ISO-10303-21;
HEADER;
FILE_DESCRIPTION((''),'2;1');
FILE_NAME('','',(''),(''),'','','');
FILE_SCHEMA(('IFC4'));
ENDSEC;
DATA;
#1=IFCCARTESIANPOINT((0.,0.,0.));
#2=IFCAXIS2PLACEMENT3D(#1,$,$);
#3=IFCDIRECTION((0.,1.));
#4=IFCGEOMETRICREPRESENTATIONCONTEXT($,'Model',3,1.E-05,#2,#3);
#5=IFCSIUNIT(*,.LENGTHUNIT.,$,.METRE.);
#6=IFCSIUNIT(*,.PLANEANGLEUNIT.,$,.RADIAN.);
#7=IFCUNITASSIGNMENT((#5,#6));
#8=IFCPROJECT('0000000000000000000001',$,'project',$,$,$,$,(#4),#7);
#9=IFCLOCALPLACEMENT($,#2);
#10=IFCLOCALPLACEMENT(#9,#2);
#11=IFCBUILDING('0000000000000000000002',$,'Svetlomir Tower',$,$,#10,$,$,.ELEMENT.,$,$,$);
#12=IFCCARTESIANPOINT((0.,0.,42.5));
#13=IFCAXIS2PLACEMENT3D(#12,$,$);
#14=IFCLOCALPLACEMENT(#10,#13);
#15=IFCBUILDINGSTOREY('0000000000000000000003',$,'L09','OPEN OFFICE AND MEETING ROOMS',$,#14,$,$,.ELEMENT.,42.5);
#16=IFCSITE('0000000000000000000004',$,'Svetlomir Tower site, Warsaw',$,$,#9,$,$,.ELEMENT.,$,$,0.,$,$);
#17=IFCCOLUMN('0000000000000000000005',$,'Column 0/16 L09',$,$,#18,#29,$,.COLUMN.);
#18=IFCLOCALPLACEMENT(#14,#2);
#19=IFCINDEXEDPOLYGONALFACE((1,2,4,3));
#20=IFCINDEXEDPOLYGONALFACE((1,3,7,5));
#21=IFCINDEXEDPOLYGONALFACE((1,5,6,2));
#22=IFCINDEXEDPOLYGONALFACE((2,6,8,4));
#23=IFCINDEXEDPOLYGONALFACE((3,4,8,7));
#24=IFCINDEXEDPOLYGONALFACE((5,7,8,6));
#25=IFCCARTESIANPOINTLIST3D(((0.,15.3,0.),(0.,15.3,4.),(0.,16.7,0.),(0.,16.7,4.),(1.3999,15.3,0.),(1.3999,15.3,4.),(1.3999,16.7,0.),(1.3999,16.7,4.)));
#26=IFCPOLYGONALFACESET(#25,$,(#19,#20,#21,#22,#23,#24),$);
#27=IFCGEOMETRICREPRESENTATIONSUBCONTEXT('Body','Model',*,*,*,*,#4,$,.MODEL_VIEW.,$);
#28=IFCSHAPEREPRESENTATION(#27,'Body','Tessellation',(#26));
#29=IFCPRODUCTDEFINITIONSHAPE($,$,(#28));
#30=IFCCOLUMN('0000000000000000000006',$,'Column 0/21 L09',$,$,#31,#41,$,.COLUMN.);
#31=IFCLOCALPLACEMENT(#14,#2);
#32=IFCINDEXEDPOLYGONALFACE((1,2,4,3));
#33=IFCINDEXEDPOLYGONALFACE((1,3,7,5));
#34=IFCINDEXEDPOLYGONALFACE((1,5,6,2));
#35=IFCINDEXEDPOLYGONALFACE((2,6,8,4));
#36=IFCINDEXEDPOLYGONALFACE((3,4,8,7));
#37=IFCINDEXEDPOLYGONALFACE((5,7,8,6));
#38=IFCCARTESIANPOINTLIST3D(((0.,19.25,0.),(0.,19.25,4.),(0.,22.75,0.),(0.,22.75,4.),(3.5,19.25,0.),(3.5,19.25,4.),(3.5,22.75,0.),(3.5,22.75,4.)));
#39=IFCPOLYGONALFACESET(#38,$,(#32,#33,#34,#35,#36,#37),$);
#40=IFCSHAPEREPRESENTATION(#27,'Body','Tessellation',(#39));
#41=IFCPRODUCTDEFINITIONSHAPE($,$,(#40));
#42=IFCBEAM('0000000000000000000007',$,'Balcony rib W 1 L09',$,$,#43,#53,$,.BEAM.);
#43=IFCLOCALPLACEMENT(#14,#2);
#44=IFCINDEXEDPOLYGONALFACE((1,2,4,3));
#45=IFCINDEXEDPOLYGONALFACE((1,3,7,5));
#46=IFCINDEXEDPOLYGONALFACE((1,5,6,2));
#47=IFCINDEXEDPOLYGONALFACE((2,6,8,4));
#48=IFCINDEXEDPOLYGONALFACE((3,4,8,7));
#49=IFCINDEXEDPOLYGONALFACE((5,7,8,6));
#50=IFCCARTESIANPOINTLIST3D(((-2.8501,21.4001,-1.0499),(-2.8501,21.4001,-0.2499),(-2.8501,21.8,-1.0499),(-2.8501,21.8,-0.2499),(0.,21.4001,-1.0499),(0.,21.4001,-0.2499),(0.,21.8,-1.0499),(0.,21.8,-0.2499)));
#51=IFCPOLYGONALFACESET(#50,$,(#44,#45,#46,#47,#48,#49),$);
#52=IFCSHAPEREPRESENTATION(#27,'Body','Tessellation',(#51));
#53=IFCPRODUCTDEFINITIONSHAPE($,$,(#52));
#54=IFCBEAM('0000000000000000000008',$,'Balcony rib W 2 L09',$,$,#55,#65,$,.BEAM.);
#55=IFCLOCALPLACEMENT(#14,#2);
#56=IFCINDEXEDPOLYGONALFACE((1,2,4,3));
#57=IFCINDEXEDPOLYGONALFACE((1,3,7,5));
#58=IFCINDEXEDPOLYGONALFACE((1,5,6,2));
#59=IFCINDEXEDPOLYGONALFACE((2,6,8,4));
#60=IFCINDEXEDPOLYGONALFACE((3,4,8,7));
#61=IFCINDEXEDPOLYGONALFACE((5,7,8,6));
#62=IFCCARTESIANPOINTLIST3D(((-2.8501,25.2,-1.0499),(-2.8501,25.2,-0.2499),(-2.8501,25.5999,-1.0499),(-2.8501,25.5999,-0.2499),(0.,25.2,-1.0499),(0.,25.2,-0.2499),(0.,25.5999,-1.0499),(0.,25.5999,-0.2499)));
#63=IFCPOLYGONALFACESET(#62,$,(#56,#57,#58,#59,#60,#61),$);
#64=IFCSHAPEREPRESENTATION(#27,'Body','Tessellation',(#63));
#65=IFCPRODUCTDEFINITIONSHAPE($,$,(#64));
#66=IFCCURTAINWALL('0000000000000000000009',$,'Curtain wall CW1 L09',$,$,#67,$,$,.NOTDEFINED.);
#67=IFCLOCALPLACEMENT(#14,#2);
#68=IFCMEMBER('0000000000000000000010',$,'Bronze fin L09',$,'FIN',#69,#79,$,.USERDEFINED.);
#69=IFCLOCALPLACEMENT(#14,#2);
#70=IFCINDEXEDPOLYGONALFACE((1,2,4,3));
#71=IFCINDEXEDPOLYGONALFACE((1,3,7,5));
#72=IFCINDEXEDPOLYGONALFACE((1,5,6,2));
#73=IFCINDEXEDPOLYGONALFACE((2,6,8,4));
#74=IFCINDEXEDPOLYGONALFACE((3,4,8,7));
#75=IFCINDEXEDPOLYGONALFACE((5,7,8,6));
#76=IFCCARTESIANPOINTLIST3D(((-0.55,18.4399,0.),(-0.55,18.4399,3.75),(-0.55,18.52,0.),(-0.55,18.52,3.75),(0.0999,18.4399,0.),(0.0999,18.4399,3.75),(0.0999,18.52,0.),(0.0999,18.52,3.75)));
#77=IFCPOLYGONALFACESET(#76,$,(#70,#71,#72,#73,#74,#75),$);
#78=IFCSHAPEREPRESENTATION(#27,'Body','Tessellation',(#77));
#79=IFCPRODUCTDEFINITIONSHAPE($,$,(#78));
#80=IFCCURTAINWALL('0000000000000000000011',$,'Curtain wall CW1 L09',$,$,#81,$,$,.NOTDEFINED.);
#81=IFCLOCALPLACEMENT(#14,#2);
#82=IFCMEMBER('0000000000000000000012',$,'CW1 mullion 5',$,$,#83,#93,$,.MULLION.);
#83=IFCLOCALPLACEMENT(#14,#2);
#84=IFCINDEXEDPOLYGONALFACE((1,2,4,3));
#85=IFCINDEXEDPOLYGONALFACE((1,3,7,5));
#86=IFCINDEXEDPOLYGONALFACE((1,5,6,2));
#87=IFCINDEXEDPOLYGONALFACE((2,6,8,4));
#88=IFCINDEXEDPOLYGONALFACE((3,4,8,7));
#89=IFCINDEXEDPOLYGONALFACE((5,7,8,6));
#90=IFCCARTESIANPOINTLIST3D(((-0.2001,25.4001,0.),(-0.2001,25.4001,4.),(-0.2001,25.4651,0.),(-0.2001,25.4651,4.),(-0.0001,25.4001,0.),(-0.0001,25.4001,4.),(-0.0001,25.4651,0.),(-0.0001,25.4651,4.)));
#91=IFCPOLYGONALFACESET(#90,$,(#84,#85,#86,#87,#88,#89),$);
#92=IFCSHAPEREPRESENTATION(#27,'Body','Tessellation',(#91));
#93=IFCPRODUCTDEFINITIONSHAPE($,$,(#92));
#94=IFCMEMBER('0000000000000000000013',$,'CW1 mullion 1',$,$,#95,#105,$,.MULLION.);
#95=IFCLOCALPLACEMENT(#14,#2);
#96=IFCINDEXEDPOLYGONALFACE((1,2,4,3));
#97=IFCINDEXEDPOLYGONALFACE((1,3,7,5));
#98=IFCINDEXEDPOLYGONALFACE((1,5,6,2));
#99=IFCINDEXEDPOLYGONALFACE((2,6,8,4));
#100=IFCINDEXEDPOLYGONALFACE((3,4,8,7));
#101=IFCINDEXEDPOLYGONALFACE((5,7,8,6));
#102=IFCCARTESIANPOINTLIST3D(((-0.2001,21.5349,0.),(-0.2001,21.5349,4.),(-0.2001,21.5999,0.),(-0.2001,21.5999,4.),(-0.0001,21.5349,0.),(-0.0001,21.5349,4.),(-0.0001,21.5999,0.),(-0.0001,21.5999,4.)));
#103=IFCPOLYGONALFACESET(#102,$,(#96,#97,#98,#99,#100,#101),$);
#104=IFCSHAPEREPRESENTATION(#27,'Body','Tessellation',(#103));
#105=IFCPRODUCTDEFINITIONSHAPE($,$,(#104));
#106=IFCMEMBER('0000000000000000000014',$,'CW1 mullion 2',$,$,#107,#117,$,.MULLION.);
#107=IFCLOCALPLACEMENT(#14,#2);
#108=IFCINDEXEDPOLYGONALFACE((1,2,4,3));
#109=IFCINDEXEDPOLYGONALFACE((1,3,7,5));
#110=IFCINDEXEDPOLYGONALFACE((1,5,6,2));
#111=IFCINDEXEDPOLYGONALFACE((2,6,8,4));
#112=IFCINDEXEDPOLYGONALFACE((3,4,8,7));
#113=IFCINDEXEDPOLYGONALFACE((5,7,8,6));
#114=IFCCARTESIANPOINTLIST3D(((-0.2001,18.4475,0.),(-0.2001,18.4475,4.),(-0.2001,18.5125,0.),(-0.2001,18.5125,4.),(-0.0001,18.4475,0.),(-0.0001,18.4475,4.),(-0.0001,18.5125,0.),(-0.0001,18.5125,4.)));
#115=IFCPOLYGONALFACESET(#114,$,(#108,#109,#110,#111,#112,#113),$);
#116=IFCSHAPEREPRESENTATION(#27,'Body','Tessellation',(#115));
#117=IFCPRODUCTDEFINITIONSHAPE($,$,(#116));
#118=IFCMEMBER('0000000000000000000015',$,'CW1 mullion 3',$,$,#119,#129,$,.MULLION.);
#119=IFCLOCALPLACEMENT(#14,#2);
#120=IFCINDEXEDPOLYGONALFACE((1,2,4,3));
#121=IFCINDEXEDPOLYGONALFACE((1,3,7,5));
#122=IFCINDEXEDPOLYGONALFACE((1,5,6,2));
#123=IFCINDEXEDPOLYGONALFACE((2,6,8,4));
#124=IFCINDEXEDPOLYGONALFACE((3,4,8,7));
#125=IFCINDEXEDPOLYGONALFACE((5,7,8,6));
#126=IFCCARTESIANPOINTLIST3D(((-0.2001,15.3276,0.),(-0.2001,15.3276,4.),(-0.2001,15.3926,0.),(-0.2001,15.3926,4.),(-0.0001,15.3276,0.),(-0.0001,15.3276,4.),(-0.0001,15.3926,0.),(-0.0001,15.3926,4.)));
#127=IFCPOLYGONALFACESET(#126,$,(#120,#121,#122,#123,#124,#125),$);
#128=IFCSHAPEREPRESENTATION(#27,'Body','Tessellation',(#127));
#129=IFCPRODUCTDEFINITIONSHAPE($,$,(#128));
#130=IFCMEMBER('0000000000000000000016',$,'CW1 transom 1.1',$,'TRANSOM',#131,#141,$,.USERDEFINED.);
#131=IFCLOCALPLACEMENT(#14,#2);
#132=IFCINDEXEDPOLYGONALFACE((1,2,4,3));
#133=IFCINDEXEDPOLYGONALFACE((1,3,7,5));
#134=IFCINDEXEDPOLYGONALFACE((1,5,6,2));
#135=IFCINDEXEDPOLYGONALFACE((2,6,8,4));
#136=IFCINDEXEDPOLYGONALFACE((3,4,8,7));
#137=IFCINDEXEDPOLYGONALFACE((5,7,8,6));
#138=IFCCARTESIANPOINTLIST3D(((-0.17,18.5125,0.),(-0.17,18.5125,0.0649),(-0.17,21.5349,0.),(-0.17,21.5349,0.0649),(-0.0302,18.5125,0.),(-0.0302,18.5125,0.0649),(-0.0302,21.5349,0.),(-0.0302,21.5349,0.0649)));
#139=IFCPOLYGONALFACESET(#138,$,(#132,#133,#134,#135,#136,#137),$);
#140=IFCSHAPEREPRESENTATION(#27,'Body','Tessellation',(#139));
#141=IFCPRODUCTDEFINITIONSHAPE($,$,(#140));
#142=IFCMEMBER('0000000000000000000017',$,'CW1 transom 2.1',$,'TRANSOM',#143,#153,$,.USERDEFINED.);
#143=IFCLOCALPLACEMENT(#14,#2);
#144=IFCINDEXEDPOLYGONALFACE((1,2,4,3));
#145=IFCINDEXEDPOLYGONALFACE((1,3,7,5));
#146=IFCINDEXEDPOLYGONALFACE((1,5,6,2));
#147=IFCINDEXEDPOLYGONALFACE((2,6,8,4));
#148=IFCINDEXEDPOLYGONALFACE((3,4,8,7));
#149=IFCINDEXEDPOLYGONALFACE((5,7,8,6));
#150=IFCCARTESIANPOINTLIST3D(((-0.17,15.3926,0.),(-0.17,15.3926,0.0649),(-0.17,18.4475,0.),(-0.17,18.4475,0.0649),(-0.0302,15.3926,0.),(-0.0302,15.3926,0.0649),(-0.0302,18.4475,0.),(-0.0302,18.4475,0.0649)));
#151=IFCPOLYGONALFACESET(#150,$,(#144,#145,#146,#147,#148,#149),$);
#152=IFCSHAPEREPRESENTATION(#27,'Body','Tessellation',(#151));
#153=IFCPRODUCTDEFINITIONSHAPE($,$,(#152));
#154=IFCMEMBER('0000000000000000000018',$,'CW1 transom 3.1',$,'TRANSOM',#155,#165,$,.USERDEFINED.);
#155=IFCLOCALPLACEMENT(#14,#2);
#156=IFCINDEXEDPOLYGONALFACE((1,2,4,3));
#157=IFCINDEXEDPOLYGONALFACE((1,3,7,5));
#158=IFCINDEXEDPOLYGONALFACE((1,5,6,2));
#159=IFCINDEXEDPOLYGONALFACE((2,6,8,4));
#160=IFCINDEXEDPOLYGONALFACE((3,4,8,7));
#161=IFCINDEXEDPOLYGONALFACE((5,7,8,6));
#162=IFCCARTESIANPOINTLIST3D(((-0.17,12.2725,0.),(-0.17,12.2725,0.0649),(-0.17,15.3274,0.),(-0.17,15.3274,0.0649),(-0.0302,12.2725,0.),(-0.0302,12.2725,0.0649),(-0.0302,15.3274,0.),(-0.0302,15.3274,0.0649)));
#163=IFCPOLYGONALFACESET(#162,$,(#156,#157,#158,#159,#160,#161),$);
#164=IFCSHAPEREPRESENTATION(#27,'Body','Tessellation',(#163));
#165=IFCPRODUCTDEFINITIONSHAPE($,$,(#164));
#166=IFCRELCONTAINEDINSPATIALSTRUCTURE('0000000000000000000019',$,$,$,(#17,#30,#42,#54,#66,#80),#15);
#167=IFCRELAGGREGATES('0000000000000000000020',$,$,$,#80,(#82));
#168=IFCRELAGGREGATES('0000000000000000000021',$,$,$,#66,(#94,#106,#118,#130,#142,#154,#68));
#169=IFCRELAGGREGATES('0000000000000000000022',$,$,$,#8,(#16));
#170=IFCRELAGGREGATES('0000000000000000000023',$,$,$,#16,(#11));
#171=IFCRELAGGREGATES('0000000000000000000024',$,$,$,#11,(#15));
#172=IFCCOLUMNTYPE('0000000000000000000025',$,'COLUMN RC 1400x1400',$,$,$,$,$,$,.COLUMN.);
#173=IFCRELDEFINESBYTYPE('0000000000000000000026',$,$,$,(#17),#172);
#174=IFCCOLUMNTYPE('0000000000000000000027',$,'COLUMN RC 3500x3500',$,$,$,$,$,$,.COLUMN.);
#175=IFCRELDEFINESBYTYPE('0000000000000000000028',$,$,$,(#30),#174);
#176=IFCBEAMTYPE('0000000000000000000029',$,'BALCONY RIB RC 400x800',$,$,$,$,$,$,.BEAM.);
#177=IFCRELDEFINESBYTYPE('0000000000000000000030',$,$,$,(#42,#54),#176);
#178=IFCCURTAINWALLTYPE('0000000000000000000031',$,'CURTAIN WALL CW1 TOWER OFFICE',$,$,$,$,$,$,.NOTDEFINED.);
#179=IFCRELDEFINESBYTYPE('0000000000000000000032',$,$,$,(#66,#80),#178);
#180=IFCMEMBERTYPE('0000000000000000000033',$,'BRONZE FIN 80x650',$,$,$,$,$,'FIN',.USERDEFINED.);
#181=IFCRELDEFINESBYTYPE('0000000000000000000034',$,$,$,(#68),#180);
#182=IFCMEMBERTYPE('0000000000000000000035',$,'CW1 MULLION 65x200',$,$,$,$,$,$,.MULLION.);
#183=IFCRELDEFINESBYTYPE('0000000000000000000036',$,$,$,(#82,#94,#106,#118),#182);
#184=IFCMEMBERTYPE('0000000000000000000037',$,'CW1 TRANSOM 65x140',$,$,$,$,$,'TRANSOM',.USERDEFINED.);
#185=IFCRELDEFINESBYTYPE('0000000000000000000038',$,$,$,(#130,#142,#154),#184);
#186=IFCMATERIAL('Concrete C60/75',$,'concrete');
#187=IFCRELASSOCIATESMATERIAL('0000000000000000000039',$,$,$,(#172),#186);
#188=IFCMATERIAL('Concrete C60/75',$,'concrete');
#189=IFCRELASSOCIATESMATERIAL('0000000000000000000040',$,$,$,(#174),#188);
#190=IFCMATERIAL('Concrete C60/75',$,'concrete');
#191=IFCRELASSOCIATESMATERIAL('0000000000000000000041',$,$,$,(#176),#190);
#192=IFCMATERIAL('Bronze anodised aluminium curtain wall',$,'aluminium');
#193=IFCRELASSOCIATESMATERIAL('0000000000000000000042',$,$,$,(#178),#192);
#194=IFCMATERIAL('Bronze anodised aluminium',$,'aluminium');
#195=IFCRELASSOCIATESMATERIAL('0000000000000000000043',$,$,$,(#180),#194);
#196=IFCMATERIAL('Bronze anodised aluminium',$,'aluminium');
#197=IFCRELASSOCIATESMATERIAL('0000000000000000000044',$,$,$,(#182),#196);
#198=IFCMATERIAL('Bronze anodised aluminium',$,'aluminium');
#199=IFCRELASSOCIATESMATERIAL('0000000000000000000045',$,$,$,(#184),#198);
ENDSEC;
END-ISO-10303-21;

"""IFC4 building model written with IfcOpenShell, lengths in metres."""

from ifc_helpers import new_model, si_unit, direction, frame, origin, origin_2d, place, context, subcontext, project, spatial, rectangle, extrude, material, material_profile, profile_set, type_object, element, aggregate, save


model = new_model("IFC4")

# Units and contexts
model_context = context("Model", 3, precision=1e-05, world=origin(), true_north=direction((0.0, 1.0)))
body_context = subcontext(model_context, "Body", "Model", "MODEL_VIEW")
ifc_project = project(units=[si_unit("LENGTHUNIT", "METRE"), si_unit("PLANEANGLEUNIT", "RADIAN")], contexts=[model_context])

# Site, building, storey
site_placement = place(None, origin())
site = spatial("IfcSite", under=ifc_project, at=site_placement, Name="Svetlomir Tower site, Warsaw", CompositionType="ELEMENT", RefElevation=0.0)
building_placement = place(site_placement, origin())
building = spatial("IfcBuilding", under=site, at=building_placement, Name="Svetlomir Tower", CompositionType="ELEMENT")
storey_placement = place(building_placement, frame((0.0, 0.0, 42.5)))
storey = spatial("IfcBuildingStorey", under=building, at=storey_placement, Name="L09", Description="OPEN OFFICE AND MEETING ROOMS", CompositionType="ELEMENT", Elevation=42.5)

# Columns
ifc_material_1 = material(Name="Concrete C60/75", Category="concrete")
ifc_material_profile_1 = material_profile(ifc_material_1, rectangle(XDim=1.3999, YDim=1.3999, at=origin_2d()), Name="RC 1400x1400")
ifc_profile_set_1 = profile_set([ifc_material_profile_1], Name="Concrete C60/75")
column_type_1 = type_object("IfcColumnType", Name="COLUMN RC 1400x1400", PredefinedType="COLUMN", material=ifc_profile_set_1)
column_1_placement = place(storey_placement, frame((0.7, 16.0, 0.0), z_axis=(0.0, 0.0, 1.0), x_axis=(1.0, 0.0, 0.0)))
element("IfcColumn", 1, at=column_1_placement, inside=storey, type_object=column_type_1, Name="Column 0/16 L09", PredefinedType="COLUMN", context=body_context, shape_type="SweptSolid", body=[
    extrude(rectangle(XDim=1.3999, YDim=1.3999, at=origin_2d()), origin(), (0.0, 0.0, 1.0), 4.0),
])
ifc_material_2 = material(Name="Concrete C60/75", Category="concrete")
ifc_material_profile_2 = material_profile(ifc_material_2, rectangle(XDim=3.5, YDim=3.5, at=origin_2d()), Name="RC 3500x3500")
ifc_profile_set_2 = profile_set([ifc_material_profile_2], Name="Concrete C60/75")
column_type_2 = type_object("IfcColumnType", Name="COLUMN RC 3500x3500", PredefinedType="COLUMN", material=ifc_profile_set_2)
column_2_placement = place(storey_placement, frame((1.75, 21.0, 0.0), z_axis=(0.0, 0.0, 1.0), x_axis=(1.0, 0.0, 0.0)))
element("IfcColumn", 2, at=column_2_placement, inside=storey, type_object=column_type_2, Name="Column 0/21 L09", PredefinedType="COLUMN", context=body_context, shape_type="SweptSolid", body=[
    extrude(rectangle(XDim=3.5, YDim=3.5, at=origin_2d()), origin(), (0.0, 0.0, 1.0), 4.0),
])

# Beams
ifc_material_3 = material(Name="Concrete C60/75", Category="concrete")
ifc_material_profile_3 = material_profile(ifc_material_3, rectangle(XDim=0.3999, YDim=0.8, at=origin_2d()), Name="RC 400x800")
ifc_profile_set_3 = profile_set([ifc_material_profile_3], Name="Concrete C60/75")
beam_type_1 = type_object("IfcBeamType", Name="BALCONY RIB RC 400x800", PredefinedType="BEAM", material=ifc_profile_set_3)
for number, where, z_axis, x_axis, name in (
    (3, (0.0, 21.6001, -0.6499), (-1.0, 0.0, 0.0), (0.0, -1.0, 0.0), "Balcony rib W 1 L09"),
    (4, (0.0, 25.3999, -0.6499), (-1.0, 0.0, 0.0), (0.0, -1.0, 0.0), "Balcony rib W 2 L09"),
):
    element("IfcBeam", number, at=place(storey_placement, frame(where, z_axis=z_axis, x_axis=x_axis)), inside=storey, type_object=beam_type_1, Name=name, PredefinedType="BEAM", context=body_context, shape_type="SweptSolid", body=[
        extrude(rectangle(XDim=0.3999, YDim=0.8, at=origin_2d()), origin(), (0.0, 0.0, 1.0), 2.8501),
    ])

# Curtain walls, members
ifc_material_4 = material(Name="Bronze anodised aluminium curtain wall", Category="aluminium")
curtain_wall_type = type_object("IfcCurtainWallType", Name="CURTAIN WALL CW1 TOWER OFFICE", PredefinedType="NOTDEFINED", material=ifc_material_4)
curtain_wall_1_placement = place(storey_placement, origin())
curtain_wall_1 = element("IfcCurtainWall", 5, at=curtain_wall_1_placement, inside=storey, type_object=curtain_wall_type, Name="Curtain wall CW1 L09", PredefinedType="NOTDEFINED")
ifc_material_5 = material(Name="Bronze anodised aluminium", Category="aluminium")
ifc_material_profile_4 = material_profile(ifc_material_5, rectangle(XDim=0.0801, YDim=0.6499, at=origin_2d()), Name="FIN 80x650")
ifc_profile_set_4 = profile_set([ifc_material_profile_4], Name="Bronze anodised aluminium 6063-T6")
member_type_1 = type_object("IfcMemberType", Name="BRONZE FIN 80x650", ElementType="FIN", PredefinedType="USERDEFINED", material=ifc_profile_set_4)
member_1_placement = place(storey_placement, frame((-0.2251, 18.48, 0.0), z_axis=(0.0, 0.0, 1.0), x_axis=(0.0, 1.0, 0.0)))
member_1 = element("IfcMember", 6, at=member_1_placement, type_object=member_type_1, Name="Bronze fin L09", ObjectType="FIN", PredefinedType="USERDEFINED", context=body_context, shape_type="SweptSolid", body=[
    extrude(rectangle(XDim=0.0801, YDim=0.6499, at=origin_2d()), origin(), (0.0, 0.0, 1.0), 3.75),
])
curtain_wall_2_placement = place(storey_placement, origin())
curtain_wall_2 = element("IfcCurtainWall", 7, at=curtain_wall_2_placement, inside=storey, type_object=curtain_wall_type, Name="Curtain wall CW1 L09", PredefinedType="NOTDEFINED")
ifc_material_6 = material(Name="Bronze anodised aluminium", Category="aluminium")
ifc_material_profile_5 = material_profile(ifc_material_6, rectangle(XDim=0.0649, YDim=0.2, at=origin_2d()), Name="AL 65x200")
ifc_profile_set_5 = profile_set([ifc_material_profile_5], Name="Bronze anodised aluminium 6063-T6")
member_type_2 = type_object("IfcMemberType", Name="CW1 MULLION 65x200", PredefinedType="MULLION", material=ifc_profile_set_5)
member_2_placement = place(storey_placement, frame((-0.1001, 25.4326, 0.0), z_axis=(0.0, 0.0, 1.0), x_axis=(0.0, -1.0, 0.0)))
member_2 = element("IfcMember", 8, at=member_2_placement, type_object=member_type_2, Name="CW1 mullion 5", PredefinedType="MULLION", context=body_context, shape_type="SweptSolid", body=[
    extrude(rectangle(XDim=0.0649, YDim=0.2, at=origin_2d()), origin(), (0.0, 0.0, 1.0), 4.0),
])
aggregate(curtain_wall_2, [member_2])

# Members
member_3_placement = place(storey_placement, frame((-0.1001, 21.5674, 0.0), z_axis=(0.0, 0.0, 1.0), x_axis=(0.0, -1.0, 0.0)))
member_3 = element("IfcMember", 9, at=member_3_placement, type_object=member_type_2, Name="CW1 mullion 1", PredefinedType="MULLION", context=body_context, shape_type="SweptSolid", body=[
    extrude(rectangle(XDim=0.0649, YDim=0.2, at=origin_2d()), origin(), (0.0, 0.0, 1.0), 4.0),
])
member_4_placement = place(storey_placement, frame((-0.1001, 18.48, 0.0), z_axis=(0.0, 0.0, 1.0), x_axis=(0.0, -1.0, 0.0)))
member_4 = element("IfcMember", 10, at=member_4_placement, type_object=member_type_2, Name="CW1 mullion 2", PredefinedType="MULLION", context=body_context, shape_type="SweptSolid", body=[
    extrude(rectangle(XDim=0.0649, YDim=0.2, at=origin_2d()), origin(), (0.0, 0.0, 1.0), 4.0),
])
member_5_placement = place(storey_placement, frame((-0.1001, 15.3601, 0.0), z_axis=(0.0, 0.0, 1.0), x_axis=(0.0, -1.0, 0.0)))
member_5 = element("IfcMember", 11, at=member_5_placement, type_object=member_type_2, Name="CW1 mullion 3", PredefinedType="MULLION", context=body_context, shape_type="SweptSolid", body=[
    extrude(rectangle(XDim=0.0649, YDim=0.2, at=origin_2d()), origin(), (0.0, 0.0, 1.0), 4.0),
])
ifc_material_7 = material(Name="Bronze anodised aluminium", Category="aluminium")
ifc_material_profile_6 = material_profile(ifc_material_7, rectangle(XDim=0.1399, YDim=0.0649, at=origin_2d()), Name="AL 140x65")
ifc_profile_set_6 = profile_set([ifc_material_profile_6], Name="Bronze anodised aluminium 6063-T6")
member_type_3 = type_object("IfcMemberType", Name="CW1 TRANSOM 65x140", ElementType="TRANSOM", PredefinedType="USERDEFINED", material=ifc_profile_set_6)
member_6_placement = place(storey_placement, frame((-0.1001, 21.5349, 0.0325), z_axis=(0.0, -1.0, 0.0), x_axis=(1.0, 0.0, 0.0)))
member_6 = element("IfcMember", 12, at=member_6_placement, type_object=member_type_3, Name="CW1 transom 1.1", ObjectType="TRANSOM", PredefinedType="USERDEFINED", context=body_context, shape_type="SweptSolid", body=[
    extrude(rectangle(XDim=0.1399, YDim=0.0649, at=origin_2d()), origin(), (0.0, 0.0, 1.0), 3.0225),
])
member_7_placement = place(storey_placement, frame((-0.1001, 18.4475, 0.0325), z_axis=(0.0, -1.0, 0.0), x_axis=(1.0, 0.0, 0.0)))
member_7 = element("IfcMember", 13, at=member_7_placement, type_object=member_type_3, Name="CW1 transom 2.1", ObjectType="TRANSOM", PredefinedType="USERDEFINED", context=body_context, shape_type="SweptSolid", body=[
    extrude(rectangle(XDim=0.1399, YDim=0.0649, at=origin_2d()), origin(), (0.0, 0.0, 1.0), 3.0549),
])
member_8_placement = place(storey_placement, frame((-0.1001, 15.3274, 0.0325), z_axis=(0.0, -1.0, 0.0), x_axis=(1.0, 0.0, 0.0)))
member_8 = element("IfcMember", 14, at=member_8_placement, type_object=member_type_3, Name="CW1 transom 3.1", ObjectType="TRANSOM", PredefinedType="USERDEFINED", context=body_context, shape_type="SweptSolid", body=[
    extrude(rectangle(XDim=0.1399, YDim=0.0649, at=origin_2d()), origin(), (0.0, 0.0, 1.0), 3.0549),
])

aggregate(curtain_wall_1, [member_3, member_4, member_5, member_6, member_7, member_8, member_1])

save(model, "model.ifc")
